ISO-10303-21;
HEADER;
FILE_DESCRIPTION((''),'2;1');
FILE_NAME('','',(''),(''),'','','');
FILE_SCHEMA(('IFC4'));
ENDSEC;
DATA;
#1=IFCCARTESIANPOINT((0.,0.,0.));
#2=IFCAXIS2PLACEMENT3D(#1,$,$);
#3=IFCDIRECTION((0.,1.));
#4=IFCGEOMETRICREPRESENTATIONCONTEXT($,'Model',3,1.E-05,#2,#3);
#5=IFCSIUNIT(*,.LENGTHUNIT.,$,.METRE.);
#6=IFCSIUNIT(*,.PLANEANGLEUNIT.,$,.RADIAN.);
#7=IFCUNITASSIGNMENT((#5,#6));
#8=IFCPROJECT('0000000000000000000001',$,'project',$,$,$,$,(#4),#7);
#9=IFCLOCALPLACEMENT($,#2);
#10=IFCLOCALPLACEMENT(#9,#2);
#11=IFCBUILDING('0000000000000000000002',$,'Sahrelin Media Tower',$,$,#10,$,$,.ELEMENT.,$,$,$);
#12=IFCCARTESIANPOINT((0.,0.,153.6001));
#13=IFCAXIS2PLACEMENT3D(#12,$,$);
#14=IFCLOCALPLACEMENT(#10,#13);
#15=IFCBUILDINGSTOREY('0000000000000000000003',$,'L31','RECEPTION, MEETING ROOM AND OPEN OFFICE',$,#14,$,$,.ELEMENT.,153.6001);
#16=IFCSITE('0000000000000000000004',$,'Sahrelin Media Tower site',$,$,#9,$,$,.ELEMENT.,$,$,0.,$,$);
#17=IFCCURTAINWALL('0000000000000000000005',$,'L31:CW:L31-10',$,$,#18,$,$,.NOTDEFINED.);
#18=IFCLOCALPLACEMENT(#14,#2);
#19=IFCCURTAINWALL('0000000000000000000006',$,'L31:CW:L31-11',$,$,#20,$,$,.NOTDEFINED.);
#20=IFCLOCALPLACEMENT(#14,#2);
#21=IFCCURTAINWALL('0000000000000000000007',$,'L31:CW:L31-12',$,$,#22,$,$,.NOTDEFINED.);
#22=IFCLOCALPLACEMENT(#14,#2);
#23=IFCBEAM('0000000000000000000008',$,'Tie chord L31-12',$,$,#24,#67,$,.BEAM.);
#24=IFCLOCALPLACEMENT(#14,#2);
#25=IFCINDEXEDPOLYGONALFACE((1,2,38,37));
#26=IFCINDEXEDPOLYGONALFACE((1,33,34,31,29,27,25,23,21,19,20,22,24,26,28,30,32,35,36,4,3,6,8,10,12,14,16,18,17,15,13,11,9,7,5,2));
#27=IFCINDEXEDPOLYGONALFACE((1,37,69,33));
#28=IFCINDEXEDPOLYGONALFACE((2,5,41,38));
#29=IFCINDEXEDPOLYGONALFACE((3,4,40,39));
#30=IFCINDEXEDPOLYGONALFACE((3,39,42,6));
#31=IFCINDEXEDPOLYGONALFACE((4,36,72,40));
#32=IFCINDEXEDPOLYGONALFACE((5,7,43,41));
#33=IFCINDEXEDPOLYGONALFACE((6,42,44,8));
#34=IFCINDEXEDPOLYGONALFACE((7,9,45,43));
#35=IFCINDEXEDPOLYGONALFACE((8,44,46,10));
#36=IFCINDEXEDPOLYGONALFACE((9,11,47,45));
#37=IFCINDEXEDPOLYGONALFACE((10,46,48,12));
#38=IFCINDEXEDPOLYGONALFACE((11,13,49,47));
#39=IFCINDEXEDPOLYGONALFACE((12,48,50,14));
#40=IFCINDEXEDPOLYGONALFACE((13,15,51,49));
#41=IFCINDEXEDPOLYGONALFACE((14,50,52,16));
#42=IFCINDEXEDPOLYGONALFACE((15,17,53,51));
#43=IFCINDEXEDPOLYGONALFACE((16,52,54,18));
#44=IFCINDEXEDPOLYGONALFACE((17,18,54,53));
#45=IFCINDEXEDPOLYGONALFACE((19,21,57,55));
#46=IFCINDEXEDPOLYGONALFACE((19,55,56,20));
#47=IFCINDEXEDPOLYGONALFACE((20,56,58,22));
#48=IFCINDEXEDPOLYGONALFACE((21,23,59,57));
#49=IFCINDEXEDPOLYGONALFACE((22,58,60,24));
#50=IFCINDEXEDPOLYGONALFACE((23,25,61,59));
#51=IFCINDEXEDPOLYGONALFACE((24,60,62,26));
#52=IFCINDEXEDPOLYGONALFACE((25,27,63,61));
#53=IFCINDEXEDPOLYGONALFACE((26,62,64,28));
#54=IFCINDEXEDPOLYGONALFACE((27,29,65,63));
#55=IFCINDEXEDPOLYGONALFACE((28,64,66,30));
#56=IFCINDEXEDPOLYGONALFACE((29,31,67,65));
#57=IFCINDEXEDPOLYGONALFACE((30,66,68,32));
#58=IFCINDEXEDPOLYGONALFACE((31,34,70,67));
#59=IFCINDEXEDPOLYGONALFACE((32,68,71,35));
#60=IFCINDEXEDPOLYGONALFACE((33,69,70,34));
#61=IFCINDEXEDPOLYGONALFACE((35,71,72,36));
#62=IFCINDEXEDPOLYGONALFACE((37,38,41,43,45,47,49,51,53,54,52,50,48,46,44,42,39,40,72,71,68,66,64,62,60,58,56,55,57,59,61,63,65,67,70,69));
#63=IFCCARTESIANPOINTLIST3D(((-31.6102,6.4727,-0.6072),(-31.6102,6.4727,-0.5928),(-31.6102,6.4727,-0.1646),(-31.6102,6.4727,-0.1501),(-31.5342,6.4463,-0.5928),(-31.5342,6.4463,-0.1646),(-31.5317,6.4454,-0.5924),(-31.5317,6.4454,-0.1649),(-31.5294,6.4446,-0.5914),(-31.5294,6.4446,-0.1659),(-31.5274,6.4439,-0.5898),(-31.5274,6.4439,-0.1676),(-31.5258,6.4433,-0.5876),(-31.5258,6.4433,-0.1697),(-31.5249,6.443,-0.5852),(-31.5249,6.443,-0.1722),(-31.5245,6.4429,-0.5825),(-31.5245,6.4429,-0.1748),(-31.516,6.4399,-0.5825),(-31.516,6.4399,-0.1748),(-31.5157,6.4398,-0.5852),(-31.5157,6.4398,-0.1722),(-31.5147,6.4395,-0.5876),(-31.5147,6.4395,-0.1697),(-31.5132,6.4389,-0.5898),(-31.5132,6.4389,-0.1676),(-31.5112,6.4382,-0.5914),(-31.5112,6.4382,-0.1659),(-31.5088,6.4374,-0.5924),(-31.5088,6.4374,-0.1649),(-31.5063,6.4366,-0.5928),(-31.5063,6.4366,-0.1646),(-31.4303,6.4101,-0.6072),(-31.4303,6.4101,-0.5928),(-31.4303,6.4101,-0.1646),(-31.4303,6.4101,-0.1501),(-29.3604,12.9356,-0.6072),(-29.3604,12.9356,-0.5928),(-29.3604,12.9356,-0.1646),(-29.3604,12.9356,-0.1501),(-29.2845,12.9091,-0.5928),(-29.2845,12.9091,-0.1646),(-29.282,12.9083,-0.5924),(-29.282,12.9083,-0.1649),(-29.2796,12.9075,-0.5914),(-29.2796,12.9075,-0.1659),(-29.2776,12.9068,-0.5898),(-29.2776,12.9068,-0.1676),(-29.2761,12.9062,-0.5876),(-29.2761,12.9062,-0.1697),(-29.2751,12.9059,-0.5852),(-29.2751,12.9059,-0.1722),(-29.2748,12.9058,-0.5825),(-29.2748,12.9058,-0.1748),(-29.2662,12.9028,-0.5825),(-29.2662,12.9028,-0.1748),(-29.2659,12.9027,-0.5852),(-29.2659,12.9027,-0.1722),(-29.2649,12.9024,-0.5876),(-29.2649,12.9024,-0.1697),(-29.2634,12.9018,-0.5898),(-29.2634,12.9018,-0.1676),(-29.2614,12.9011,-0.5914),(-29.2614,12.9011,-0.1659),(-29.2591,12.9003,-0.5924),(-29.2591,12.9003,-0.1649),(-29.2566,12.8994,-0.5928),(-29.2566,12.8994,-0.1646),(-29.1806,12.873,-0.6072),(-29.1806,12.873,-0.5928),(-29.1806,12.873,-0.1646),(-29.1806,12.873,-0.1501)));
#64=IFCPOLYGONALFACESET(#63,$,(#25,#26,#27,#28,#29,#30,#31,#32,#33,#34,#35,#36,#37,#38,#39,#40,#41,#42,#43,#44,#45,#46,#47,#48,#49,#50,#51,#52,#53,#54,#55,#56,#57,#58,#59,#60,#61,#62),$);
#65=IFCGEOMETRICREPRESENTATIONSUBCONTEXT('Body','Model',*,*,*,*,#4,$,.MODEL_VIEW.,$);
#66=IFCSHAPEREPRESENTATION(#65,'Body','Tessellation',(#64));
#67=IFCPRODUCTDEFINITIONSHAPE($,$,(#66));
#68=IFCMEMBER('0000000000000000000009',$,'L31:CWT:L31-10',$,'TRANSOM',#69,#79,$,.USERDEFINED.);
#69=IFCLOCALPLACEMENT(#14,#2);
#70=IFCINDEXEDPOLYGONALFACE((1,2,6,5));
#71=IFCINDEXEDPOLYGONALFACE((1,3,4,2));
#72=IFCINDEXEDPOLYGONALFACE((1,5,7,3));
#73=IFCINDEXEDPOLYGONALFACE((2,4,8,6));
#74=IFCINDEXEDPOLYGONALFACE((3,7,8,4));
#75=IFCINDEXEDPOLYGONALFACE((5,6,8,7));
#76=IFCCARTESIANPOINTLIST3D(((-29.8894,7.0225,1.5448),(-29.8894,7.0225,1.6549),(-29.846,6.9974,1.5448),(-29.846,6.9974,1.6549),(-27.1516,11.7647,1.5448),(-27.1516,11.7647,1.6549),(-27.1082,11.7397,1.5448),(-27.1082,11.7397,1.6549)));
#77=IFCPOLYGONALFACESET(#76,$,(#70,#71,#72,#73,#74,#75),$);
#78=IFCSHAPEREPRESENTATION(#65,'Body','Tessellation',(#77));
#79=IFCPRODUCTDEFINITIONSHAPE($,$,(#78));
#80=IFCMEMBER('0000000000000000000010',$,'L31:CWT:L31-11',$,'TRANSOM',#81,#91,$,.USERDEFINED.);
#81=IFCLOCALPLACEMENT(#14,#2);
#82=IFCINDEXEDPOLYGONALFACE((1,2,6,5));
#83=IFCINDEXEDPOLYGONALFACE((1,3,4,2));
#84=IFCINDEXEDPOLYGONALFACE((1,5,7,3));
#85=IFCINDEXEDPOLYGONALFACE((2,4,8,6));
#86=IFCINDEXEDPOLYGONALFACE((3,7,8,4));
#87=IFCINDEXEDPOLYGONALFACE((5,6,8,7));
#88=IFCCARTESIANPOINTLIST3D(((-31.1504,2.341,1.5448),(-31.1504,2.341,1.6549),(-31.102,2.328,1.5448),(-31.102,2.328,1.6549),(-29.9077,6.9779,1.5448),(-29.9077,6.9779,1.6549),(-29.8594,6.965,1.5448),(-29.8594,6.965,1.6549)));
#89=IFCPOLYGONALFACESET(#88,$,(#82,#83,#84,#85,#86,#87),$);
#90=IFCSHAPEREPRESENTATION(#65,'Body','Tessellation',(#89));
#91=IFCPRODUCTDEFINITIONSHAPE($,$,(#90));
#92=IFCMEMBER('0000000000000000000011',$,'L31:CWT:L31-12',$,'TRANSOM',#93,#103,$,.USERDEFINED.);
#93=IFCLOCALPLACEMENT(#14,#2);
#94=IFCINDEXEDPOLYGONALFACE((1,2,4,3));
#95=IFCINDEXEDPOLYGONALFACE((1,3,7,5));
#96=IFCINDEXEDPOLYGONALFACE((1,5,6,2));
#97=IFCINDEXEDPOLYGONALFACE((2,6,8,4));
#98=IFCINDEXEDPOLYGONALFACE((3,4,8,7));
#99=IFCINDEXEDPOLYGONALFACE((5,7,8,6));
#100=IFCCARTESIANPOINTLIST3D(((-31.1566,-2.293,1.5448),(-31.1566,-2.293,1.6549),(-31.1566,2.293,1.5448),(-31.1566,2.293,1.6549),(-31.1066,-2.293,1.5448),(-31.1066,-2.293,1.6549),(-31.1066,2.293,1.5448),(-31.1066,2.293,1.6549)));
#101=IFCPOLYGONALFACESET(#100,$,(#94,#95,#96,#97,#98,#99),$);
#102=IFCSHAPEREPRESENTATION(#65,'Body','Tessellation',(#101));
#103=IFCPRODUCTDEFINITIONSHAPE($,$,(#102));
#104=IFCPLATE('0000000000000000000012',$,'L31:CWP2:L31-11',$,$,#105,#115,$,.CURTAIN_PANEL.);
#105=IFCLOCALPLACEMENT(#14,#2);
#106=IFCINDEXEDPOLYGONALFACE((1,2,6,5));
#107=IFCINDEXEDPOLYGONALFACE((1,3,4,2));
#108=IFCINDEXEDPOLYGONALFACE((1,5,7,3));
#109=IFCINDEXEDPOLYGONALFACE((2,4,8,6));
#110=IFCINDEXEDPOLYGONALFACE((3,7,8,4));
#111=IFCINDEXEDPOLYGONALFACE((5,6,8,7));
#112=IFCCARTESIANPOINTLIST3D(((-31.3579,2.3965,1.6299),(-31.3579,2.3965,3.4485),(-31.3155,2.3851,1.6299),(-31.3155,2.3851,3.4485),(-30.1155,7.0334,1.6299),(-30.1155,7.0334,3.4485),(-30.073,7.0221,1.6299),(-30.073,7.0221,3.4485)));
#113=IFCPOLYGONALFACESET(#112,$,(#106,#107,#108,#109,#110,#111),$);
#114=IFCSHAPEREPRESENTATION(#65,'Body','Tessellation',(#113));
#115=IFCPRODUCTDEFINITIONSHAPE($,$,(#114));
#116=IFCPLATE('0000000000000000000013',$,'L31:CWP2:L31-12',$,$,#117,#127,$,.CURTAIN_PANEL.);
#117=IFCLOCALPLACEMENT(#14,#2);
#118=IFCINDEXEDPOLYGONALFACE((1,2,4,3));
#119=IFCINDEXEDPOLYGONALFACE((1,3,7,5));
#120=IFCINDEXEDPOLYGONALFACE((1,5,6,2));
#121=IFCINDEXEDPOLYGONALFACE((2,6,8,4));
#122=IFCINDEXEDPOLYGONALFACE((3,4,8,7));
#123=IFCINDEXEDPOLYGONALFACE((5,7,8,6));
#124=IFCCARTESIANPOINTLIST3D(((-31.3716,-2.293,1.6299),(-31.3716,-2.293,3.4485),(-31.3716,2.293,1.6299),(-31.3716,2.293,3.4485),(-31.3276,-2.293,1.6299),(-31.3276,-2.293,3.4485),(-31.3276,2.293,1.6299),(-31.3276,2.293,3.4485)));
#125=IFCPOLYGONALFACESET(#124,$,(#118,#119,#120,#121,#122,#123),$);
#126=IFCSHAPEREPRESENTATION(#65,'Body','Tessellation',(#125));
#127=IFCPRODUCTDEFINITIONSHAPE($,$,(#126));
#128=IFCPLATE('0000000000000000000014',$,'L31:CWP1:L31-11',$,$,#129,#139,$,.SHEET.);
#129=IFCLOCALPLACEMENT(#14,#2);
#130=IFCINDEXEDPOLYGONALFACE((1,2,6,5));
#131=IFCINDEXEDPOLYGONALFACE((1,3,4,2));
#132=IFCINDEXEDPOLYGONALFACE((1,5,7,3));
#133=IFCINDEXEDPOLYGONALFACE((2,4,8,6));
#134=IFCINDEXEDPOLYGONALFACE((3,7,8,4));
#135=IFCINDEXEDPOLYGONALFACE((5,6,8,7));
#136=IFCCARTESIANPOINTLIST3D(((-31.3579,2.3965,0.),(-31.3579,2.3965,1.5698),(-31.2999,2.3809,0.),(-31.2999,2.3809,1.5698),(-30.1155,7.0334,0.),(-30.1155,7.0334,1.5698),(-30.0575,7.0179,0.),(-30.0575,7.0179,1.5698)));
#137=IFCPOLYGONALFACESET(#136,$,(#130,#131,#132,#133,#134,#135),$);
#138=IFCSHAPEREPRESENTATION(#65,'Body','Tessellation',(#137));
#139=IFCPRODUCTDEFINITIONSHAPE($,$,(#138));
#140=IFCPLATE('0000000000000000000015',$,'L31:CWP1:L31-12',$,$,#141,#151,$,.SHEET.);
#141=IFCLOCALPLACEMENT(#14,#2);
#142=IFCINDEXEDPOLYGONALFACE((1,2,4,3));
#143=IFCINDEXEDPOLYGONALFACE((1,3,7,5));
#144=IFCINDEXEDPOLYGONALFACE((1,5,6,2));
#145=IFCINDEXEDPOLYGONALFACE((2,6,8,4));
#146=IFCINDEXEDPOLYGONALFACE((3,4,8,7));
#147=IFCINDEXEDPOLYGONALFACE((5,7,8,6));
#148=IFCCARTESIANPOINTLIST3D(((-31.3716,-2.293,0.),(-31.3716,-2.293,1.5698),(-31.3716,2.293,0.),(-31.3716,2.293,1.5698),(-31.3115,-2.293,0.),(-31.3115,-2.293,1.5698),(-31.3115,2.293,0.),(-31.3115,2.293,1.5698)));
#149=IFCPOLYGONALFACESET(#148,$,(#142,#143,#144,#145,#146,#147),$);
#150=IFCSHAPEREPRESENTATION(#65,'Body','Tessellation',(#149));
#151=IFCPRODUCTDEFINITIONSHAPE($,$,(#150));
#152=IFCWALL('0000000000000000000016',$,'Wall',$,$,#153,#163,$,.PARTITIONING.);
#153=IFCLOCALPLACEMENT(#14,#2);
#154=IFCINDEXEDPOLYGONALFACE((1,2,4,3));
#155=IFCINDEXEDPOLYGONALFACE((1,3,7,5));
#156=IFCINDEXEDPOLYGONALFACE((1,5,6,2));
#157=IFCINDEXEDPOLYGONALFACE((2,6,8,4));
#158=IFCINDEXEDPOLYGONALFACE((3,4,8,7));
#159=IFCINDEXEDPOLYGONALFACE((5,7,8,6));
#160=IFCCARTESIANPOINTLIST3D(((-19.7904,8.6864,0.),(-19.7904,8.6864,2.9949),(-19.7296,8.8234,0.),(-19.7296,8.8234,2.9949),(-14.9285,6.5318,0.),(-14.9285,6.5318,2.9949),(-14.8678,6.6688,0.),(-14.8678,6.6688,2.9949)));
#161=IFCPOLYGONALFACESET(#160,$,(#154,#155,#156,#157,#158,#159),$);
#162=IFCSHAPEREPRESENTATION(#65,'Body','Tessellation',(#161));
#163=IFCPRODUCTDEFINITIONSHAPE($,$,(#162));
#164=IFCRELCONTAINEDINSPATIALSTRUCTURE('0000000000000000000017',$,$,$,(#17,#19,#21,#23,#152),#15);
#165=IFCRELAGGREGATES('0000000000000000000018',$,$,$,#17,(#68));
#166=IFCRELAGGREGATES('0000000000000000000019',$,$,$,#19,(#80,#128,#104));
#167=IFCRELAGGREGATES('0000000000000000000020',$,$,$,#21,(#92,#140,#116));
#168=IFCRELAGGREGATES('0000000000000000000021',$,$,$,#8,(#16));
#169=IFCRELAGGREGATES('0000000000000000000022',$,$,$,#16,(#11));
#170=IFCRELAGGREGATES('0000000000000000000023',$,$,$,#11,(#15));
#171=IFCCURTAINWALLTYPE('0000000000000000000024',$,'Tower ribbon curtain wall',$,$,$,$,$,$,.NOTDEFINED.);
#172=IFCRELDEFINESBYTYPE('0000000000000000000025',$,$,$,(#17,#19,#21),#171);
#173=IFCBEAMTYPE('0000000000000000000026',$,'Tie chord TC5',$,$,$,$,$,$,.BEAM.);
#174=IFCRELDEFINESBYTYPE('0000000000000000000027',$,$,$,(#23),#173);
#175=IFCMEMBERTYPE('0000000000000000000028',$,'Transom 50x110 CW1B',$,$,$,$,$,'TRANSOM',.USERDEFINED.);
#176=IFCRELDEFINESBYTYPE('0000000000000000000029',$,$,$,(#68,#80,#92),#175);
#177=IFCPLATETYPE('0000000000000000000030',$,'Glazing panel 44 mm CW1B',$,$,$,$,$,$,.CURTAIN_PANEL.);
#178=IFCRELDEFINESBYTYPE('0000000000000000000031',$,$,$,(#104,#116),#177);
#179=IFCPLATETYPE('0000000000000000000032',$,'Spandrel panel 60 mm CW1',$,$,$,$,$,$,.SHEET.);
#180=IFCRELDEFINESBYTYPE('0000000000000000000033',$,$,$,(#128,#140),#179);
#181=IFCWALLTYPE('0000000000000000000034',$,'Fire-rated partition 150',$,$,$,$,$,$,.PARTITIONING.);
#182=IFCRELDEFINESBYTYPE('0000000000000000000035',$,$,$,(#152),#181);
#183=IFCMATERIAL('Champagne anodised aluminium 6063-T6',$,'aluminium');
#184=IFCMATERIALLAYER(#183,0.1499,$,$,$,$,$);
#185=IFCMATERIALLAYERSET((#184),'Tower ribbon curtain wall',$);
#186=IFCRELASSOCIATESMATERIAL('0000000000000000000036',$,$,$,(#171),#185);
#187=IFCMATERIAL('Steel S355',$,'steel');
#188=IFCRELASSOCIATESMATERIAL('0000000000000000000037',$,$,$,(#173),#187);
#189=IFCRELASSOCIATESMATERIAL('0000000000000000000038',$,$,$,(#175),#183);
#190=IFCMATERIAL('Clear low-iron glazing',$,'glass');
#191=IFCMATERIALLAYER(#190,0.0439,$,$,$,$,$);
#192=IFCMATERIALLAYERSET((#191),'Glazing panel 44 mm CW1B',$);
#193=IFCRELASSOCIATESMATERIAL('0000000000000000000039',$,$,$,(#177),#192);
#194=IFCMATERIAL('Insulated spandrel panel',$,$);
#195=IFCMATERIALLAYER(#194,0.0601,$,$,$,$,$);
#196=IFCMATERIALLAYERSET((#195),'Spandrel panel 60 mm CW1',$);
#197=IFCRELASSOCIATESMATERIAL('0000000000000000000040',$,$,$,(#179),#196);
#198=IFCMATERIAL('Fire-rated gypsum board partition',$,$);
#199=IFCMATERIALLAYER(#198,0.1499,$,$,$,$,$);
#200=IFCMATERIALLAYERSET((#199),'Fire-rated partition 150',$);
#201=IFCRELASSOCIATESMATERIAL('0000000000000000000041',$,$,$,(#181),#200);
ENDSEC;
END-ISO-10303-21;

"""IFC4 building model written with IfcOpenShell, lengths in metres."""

from ifc_helpers import new_model, si_unit, direction, frame, frame_2d, origin, origin_2d, place, context, subcontext, project, spatial, polyline, rectangle, i_section, outline, extrude, material, layer, layer_set, material_profile, profile_set, type_object, element, aggregate, save


model = new_model("IFC4")

# Units and contexts
model_context = context("Model", 3, precision=1e-05, world=origin(), true_north=direction((0.0, 1.0)))
body_context = subcontext(model_context, "Body", "Model", "MODEL_VIEW")
ifc_project = project(units=[si_unit("LENGTHUNIT", "METRE"), si_unit("PLANEANGLEUNIT", "RADIAN")], contexts=[model_context])

# Site, building, storey
site_placement = place(None, origin())
site = spatial("IfcSite", under=ifc_project, at=site_placement, Name="Sahrelin Media Tower site", CompositionType="ELEMENT", RefElevation=0.0)
building_placement = place(site_placement, origin())
building = spatial("IfcBuilding", under=site, at=building_placement, Name="Sahrelin Media Tower", CompositionType="ELEMENT")
storey_placement = place(building_placement, frame((0.0, 0.0, 153.6001)))
storey = spatial("IfcBuildingStorey", under=building, at=storey_placement, Name="L31", Description="RECEPTION, MEETING ROOM AND OPEN OFFICE", CompositionType="ELEMENT", Elevation=153.6001)

# Shared definitions
ifc_material_1 = material(Name="Steel S355", Category="steel")

# Curtain walls
ifc_material_2 = material(Name="Champagne anodised aluminium 6063-T6", Category="aluminium")
ifc_layer_1 = layer(ifc_material_2, 0.1499)
ifc_layer_set_1 = layer_set([ifc_layer_1], Name="Tower ribbon curtain wall")
curtain_wall_type = type_object("IfcCurtainWallType", Name="Tower ribbon curtain wall", PredefinedType="NOTDEFINED", material=ifc_layer_set_1)
curtain_wall_1_placement = place(storey_placement, frame((-28.6892, 9.491, 0.0), z_axis=(0.0, 0.0, 1.0), x_axis=(1.0, 0.0, 0.0)))
curtain_wall_1 = element("IfcCurtainWall", 1, at=curtain_wall_1_placement, inside=storey, type_object=curtain_wall_type, Name="L31:CW:L31-10", PredefinedType="NOTDEFINED")
curtain_wall_2_placement = place(storey_placement, frame((-30.7173, 4.7097, 0.0), z_axis=(0.0, 0.0, 1.0), x_axis=(1.0, 0.0, 0.0)))
curtain_wall_2 = element("IfcCurtainWall", 2, at=curtain_wall_2_placement, inside=storey, type_object=curtain_wall_type, Name="L31:CW:L31-11", PredefinedType="NOTDEFINED")
curtain_wall_3_placement = place(storey_placement, frame((-31.3516, 0.0, 0.0), z_axis=(0.0, 0.0, 1.0), x_axis=(1.0, 0.0, 0.0)))
curtain_wall_3 = element("IfcCurtainWall", 3, at=curtain_wall_3_placement, inside=storey, type_object=curtain_wall_type, Name="L31:CW:L31-12", PredefinedType="NOTDEFINED")

# Beam
ifc_material_profile_1 = material_profile(ifc_material_1, i_section(OverallWidth=0.1904, OverallDepth=0.457, WebThickness=0.009, FlangeThickness=0.0144, FilletRadius=0.0103, at=origin_2d()), Name="UB 457x191x74")
ifc_profile_set_1 = profile_set([ifc_material_profile_1], Name="Steel S355")
beam_type_1 = type_object("IfcBeamType", Name="Tie chord TC5", PredefinedType="BEAM", material=ifc_profile_set_1)
beam_1_placement = place(storey_placement, frame((-31.5203, 6.4414, -0.3787), z_axis=(0.328754, 0.944415, 0.0), x_axis=(-0.944415, 0.328754, 0.0)))
element("IfcBeam", 4, at=beam_1_placement, inside=storey, type_object=beam_type_1, Name="Tie chord L31-12", PredefinedType="BEAM", context=body_context, shape_type="SweptSolid", body=[
    extrude(i_section(OverallWidth=0.1904, OverallDepth=0.457, WebThickness=0.009, FlangeThickness=0.0144, FilletRadius=0.0103, at=origin_2d()), origin(), (0.0, 0.0, 1.0), 6.8433),
])

# Members
ifc_material_profile_2 = material_profile(ifc_material_2, rectangle(XDim=0.05, YDim=0.1101, at=origin_2d()), Name="Transom 50x110")
ifc_profile_set_2 = profile_set([ifc_material_profile_2], Name="Champagne anodised aluminium 6063-T6")
member_type_1 = type_object("IfcMemberType", Name="Transom 50x110 CW1B", ElementType="TRANSOM", PredefinedType="USERDEFINED", material=ifc_profile_set_2)
member_1_placement = place(storey_placement, frame((-27.1299, 11.7522, 1.5999), z_axis=(-0.499985, -0.866034, 0.0), x_axis=(0.866034, -0.499985, 0.0)))
member_1 = element("IfcMember", 5, at=member_1_placement, type_object=member_type_1, Name="L31:CWT:L31-10", ObjectType="TRANSOM", PredefinedType="USERDEFINED", context=body_context, shape_type="SweptSolid", body=[
    extrude(rectangle(XDim=0.05, YDim=0.1101, at=origin_2d()), origin(), (0.0, 0.0, 1.0), 5.4758),
])
aggregate(curtain_wall_1, [member_1])
member_2_placement = place(storey_placement, frame((-29.8835, 6.9714, 1.5999), z_axis=(-0.258859, -0.965915, 0.0), x_axis=(0.965915, -0.258859, 0.0)))
member_2 = element("IfcMember", 6, at=member_2_placement, type_object=member_type_1, Name="L31:CWT:L31-11", ObjectType="TRANSOM", PredefinedType="USERDEFINED", context=body_context, shape_type="SweptSolid", body=[
    extrude(rectangle(XDim=0.05, YDim=0.1101, at=origin_2d()), origin(), (0.0, 0.0, 1.0), 4.8005),
])
member_3_placement = place(storey_placement, frame((-31.1316, 2.293, 1.5999), z_axis=(0.0, -1.0, 0.0), x_axis=(1.0, 0.0, 0.0)))
member_3 = element("IfcMember", 7, at=member_3_placement, type_object=member_type_1, Name="L31:CWT:L31-12", ObjectType="TRANSOM", PredefinedType="USERDEFINED", context=body_context, shape_type="SweptSolid", body=[
    extrude(rectangle(XDim=0.05, YDim=0.1101, at=origin_2d()), origin(), (0.0, 0.0, 1.0), 4.5859),
])

# Plates
ifc_material_3 = material(Name="Clear low-iron glazing", Category="glass")
ifc_layer_2 = layer(ifc_material_3, 0.0439)
ifc_layer_set_2 = layer_set([ifc_layer_2], Name="Glazing panel 44 mm CW1B")
plate_type_1 = type_object("IfcPlateType", Name="Glazing panel 44 mm CW1B", PredefinedType="CURTAIN_PANEL", material=ifc_layer_set_2)
plate_1_placement = place(storey_placement, frame((-30.1155, 7.0334, 1.6299), z_axis=(-0.965928, 0.258811, 0.0), x_axis=(-0.258811, -0.965928, 0.0)))
plate_1 = element("IfcPlate", 8, at=plate_1_placement, type_object=plate_type_1, Name="L31:CWP2:L31-11", PredefinedType="CURTAIN_PANEL", context=body_context, shape_type="SweptSolid", body=[
    extrude(outline(polyline([(0.0, 0.0), (4.8005, 0.0), (4.8005, 1.8186), (0.0, 1.8186), (0.0, 0.0)])), origin(), (0.0, 0.0, -1.0), 0.0439),
])
plate_2_placement = place(storey_placement, frame((-31.3716, 2.293, 1.6299), z_axis=(-1.0, 0.0, 0.0), x_axis=(0.0, -1.0, 0.0)))
plate_2 = element("IfcPlate", 9, at=plate_2_placement, type_object=plate_type_1, Name="L31:CWP2:L31-12", PredefinedType="CURTAIN_PANEL", context=body_context, shape_type="SweptSolid", body=[
    extrude(outline(polyline([(0.0, 0.0), (4.5859, 0.0), (4.5859, 1.8186), (0.0, 1.8186), (0.0, 0.0)])), origin(), (0.0, 0.0, -1.0), 0.0439),
])
ifc_material_4 = material(Name="Insulated spandrel panel")
ifc_layer_3 = layer(ifc_material_4, 0.0601)
ifc_layer_set_3 = layer_set([ifc_layer_3], Name="Spandrel panel 60 mm CW1")
plate_type_2 = type_object("IfcPlateType", Name="Spandrel panel 60 mm CW1", PredefinedType="SHEET", material=ifc_layer_set_3)
plate_3_placement = place(storey_placement, frame((-30.1155, 7.0334, 0.0), z_axis=(-0.965928, 0.258811, 0.0), x_axis=(-0.258811, -0.965928, 0.0)))
plate_3 = element("IfcPlate", 10, at=plate_3_placement, type_object=plate_type_2, Name="L31:CWP1:L31-11", PredefinedType="SHEET", context=body_context, shape_type="SweptSolid", body=[
    extrude(outline(polyline([(0.0, 0.0), (4.8005, 0.0), (4.8005, 1.5698), (0.0, 1.5698), (0.0, 0.0)])), origin(), (0.0, 0.0, -1.0), 0.0601),
])
aggregate(curtain_wall_2, [member_2, plate_3, plate_1])
plate_4_placement = place(storey_placement, frame((-31.3716, 2.293, 0.0), z_axis=(-1.0, 0.0, 0.0), x_axis=(0.0, -1.0, 0.0)))
plate_4 = element("IfcPlate", 11, at=plate_4_placement, type_object=plate_type_2, Name="L31:CWP1:L31-12", PredefinedType="SHEET", context=body_context, shape_type="SweptSolid", body=[
    extrude(outline(polyline([(0.0, 0.0), (4.5859, 0.0), (4.5859, 1.5698), (0.0, 1.5698), (0.0, 0.0)])), origin(), (0.0, 0.0, -1.0), 0.0601),
])
aggregate(curtain_wall_3, [member_3, plate_4, plate_2])

# Wall
ifc_material_5 = material(Name="Fire-rated gypsum board partition")
ifc_layer_4 = layer(ifc_material_5, 0.1499)
ifc_layer_set_4 = layer_set([ifc_layer_4], Name="Fire-rated partition 150")
wall_type_1 = type_object("IfcWallType", Name="Fire-rated partition 150", PredefinedType="PARTITIONING", material=ifc_layer_set_4)
wall_1_placement = place(storey_placement, frame((-19.76, 8.7549, 0.0), z_axis=(0.0, 0.0, 1.0), x_axis=(0.914248, -0.405154, 0.0)))
element("IfcWall", 12, at=wall_1_placement, inside=storey, type_object=wall_type_1, Name="Wall", PredefinedType="PARTITIONING", context=body_context, shape_type="SweptSolid", body=[
    extrude(rectangle(XDim=5.3179, YDim=0.1499, at=frame_2d((2.6589, 0.0))), origin(), (0.0, 0.0, 1.0), 2.9949),
])

save(model, "model.ifc")
